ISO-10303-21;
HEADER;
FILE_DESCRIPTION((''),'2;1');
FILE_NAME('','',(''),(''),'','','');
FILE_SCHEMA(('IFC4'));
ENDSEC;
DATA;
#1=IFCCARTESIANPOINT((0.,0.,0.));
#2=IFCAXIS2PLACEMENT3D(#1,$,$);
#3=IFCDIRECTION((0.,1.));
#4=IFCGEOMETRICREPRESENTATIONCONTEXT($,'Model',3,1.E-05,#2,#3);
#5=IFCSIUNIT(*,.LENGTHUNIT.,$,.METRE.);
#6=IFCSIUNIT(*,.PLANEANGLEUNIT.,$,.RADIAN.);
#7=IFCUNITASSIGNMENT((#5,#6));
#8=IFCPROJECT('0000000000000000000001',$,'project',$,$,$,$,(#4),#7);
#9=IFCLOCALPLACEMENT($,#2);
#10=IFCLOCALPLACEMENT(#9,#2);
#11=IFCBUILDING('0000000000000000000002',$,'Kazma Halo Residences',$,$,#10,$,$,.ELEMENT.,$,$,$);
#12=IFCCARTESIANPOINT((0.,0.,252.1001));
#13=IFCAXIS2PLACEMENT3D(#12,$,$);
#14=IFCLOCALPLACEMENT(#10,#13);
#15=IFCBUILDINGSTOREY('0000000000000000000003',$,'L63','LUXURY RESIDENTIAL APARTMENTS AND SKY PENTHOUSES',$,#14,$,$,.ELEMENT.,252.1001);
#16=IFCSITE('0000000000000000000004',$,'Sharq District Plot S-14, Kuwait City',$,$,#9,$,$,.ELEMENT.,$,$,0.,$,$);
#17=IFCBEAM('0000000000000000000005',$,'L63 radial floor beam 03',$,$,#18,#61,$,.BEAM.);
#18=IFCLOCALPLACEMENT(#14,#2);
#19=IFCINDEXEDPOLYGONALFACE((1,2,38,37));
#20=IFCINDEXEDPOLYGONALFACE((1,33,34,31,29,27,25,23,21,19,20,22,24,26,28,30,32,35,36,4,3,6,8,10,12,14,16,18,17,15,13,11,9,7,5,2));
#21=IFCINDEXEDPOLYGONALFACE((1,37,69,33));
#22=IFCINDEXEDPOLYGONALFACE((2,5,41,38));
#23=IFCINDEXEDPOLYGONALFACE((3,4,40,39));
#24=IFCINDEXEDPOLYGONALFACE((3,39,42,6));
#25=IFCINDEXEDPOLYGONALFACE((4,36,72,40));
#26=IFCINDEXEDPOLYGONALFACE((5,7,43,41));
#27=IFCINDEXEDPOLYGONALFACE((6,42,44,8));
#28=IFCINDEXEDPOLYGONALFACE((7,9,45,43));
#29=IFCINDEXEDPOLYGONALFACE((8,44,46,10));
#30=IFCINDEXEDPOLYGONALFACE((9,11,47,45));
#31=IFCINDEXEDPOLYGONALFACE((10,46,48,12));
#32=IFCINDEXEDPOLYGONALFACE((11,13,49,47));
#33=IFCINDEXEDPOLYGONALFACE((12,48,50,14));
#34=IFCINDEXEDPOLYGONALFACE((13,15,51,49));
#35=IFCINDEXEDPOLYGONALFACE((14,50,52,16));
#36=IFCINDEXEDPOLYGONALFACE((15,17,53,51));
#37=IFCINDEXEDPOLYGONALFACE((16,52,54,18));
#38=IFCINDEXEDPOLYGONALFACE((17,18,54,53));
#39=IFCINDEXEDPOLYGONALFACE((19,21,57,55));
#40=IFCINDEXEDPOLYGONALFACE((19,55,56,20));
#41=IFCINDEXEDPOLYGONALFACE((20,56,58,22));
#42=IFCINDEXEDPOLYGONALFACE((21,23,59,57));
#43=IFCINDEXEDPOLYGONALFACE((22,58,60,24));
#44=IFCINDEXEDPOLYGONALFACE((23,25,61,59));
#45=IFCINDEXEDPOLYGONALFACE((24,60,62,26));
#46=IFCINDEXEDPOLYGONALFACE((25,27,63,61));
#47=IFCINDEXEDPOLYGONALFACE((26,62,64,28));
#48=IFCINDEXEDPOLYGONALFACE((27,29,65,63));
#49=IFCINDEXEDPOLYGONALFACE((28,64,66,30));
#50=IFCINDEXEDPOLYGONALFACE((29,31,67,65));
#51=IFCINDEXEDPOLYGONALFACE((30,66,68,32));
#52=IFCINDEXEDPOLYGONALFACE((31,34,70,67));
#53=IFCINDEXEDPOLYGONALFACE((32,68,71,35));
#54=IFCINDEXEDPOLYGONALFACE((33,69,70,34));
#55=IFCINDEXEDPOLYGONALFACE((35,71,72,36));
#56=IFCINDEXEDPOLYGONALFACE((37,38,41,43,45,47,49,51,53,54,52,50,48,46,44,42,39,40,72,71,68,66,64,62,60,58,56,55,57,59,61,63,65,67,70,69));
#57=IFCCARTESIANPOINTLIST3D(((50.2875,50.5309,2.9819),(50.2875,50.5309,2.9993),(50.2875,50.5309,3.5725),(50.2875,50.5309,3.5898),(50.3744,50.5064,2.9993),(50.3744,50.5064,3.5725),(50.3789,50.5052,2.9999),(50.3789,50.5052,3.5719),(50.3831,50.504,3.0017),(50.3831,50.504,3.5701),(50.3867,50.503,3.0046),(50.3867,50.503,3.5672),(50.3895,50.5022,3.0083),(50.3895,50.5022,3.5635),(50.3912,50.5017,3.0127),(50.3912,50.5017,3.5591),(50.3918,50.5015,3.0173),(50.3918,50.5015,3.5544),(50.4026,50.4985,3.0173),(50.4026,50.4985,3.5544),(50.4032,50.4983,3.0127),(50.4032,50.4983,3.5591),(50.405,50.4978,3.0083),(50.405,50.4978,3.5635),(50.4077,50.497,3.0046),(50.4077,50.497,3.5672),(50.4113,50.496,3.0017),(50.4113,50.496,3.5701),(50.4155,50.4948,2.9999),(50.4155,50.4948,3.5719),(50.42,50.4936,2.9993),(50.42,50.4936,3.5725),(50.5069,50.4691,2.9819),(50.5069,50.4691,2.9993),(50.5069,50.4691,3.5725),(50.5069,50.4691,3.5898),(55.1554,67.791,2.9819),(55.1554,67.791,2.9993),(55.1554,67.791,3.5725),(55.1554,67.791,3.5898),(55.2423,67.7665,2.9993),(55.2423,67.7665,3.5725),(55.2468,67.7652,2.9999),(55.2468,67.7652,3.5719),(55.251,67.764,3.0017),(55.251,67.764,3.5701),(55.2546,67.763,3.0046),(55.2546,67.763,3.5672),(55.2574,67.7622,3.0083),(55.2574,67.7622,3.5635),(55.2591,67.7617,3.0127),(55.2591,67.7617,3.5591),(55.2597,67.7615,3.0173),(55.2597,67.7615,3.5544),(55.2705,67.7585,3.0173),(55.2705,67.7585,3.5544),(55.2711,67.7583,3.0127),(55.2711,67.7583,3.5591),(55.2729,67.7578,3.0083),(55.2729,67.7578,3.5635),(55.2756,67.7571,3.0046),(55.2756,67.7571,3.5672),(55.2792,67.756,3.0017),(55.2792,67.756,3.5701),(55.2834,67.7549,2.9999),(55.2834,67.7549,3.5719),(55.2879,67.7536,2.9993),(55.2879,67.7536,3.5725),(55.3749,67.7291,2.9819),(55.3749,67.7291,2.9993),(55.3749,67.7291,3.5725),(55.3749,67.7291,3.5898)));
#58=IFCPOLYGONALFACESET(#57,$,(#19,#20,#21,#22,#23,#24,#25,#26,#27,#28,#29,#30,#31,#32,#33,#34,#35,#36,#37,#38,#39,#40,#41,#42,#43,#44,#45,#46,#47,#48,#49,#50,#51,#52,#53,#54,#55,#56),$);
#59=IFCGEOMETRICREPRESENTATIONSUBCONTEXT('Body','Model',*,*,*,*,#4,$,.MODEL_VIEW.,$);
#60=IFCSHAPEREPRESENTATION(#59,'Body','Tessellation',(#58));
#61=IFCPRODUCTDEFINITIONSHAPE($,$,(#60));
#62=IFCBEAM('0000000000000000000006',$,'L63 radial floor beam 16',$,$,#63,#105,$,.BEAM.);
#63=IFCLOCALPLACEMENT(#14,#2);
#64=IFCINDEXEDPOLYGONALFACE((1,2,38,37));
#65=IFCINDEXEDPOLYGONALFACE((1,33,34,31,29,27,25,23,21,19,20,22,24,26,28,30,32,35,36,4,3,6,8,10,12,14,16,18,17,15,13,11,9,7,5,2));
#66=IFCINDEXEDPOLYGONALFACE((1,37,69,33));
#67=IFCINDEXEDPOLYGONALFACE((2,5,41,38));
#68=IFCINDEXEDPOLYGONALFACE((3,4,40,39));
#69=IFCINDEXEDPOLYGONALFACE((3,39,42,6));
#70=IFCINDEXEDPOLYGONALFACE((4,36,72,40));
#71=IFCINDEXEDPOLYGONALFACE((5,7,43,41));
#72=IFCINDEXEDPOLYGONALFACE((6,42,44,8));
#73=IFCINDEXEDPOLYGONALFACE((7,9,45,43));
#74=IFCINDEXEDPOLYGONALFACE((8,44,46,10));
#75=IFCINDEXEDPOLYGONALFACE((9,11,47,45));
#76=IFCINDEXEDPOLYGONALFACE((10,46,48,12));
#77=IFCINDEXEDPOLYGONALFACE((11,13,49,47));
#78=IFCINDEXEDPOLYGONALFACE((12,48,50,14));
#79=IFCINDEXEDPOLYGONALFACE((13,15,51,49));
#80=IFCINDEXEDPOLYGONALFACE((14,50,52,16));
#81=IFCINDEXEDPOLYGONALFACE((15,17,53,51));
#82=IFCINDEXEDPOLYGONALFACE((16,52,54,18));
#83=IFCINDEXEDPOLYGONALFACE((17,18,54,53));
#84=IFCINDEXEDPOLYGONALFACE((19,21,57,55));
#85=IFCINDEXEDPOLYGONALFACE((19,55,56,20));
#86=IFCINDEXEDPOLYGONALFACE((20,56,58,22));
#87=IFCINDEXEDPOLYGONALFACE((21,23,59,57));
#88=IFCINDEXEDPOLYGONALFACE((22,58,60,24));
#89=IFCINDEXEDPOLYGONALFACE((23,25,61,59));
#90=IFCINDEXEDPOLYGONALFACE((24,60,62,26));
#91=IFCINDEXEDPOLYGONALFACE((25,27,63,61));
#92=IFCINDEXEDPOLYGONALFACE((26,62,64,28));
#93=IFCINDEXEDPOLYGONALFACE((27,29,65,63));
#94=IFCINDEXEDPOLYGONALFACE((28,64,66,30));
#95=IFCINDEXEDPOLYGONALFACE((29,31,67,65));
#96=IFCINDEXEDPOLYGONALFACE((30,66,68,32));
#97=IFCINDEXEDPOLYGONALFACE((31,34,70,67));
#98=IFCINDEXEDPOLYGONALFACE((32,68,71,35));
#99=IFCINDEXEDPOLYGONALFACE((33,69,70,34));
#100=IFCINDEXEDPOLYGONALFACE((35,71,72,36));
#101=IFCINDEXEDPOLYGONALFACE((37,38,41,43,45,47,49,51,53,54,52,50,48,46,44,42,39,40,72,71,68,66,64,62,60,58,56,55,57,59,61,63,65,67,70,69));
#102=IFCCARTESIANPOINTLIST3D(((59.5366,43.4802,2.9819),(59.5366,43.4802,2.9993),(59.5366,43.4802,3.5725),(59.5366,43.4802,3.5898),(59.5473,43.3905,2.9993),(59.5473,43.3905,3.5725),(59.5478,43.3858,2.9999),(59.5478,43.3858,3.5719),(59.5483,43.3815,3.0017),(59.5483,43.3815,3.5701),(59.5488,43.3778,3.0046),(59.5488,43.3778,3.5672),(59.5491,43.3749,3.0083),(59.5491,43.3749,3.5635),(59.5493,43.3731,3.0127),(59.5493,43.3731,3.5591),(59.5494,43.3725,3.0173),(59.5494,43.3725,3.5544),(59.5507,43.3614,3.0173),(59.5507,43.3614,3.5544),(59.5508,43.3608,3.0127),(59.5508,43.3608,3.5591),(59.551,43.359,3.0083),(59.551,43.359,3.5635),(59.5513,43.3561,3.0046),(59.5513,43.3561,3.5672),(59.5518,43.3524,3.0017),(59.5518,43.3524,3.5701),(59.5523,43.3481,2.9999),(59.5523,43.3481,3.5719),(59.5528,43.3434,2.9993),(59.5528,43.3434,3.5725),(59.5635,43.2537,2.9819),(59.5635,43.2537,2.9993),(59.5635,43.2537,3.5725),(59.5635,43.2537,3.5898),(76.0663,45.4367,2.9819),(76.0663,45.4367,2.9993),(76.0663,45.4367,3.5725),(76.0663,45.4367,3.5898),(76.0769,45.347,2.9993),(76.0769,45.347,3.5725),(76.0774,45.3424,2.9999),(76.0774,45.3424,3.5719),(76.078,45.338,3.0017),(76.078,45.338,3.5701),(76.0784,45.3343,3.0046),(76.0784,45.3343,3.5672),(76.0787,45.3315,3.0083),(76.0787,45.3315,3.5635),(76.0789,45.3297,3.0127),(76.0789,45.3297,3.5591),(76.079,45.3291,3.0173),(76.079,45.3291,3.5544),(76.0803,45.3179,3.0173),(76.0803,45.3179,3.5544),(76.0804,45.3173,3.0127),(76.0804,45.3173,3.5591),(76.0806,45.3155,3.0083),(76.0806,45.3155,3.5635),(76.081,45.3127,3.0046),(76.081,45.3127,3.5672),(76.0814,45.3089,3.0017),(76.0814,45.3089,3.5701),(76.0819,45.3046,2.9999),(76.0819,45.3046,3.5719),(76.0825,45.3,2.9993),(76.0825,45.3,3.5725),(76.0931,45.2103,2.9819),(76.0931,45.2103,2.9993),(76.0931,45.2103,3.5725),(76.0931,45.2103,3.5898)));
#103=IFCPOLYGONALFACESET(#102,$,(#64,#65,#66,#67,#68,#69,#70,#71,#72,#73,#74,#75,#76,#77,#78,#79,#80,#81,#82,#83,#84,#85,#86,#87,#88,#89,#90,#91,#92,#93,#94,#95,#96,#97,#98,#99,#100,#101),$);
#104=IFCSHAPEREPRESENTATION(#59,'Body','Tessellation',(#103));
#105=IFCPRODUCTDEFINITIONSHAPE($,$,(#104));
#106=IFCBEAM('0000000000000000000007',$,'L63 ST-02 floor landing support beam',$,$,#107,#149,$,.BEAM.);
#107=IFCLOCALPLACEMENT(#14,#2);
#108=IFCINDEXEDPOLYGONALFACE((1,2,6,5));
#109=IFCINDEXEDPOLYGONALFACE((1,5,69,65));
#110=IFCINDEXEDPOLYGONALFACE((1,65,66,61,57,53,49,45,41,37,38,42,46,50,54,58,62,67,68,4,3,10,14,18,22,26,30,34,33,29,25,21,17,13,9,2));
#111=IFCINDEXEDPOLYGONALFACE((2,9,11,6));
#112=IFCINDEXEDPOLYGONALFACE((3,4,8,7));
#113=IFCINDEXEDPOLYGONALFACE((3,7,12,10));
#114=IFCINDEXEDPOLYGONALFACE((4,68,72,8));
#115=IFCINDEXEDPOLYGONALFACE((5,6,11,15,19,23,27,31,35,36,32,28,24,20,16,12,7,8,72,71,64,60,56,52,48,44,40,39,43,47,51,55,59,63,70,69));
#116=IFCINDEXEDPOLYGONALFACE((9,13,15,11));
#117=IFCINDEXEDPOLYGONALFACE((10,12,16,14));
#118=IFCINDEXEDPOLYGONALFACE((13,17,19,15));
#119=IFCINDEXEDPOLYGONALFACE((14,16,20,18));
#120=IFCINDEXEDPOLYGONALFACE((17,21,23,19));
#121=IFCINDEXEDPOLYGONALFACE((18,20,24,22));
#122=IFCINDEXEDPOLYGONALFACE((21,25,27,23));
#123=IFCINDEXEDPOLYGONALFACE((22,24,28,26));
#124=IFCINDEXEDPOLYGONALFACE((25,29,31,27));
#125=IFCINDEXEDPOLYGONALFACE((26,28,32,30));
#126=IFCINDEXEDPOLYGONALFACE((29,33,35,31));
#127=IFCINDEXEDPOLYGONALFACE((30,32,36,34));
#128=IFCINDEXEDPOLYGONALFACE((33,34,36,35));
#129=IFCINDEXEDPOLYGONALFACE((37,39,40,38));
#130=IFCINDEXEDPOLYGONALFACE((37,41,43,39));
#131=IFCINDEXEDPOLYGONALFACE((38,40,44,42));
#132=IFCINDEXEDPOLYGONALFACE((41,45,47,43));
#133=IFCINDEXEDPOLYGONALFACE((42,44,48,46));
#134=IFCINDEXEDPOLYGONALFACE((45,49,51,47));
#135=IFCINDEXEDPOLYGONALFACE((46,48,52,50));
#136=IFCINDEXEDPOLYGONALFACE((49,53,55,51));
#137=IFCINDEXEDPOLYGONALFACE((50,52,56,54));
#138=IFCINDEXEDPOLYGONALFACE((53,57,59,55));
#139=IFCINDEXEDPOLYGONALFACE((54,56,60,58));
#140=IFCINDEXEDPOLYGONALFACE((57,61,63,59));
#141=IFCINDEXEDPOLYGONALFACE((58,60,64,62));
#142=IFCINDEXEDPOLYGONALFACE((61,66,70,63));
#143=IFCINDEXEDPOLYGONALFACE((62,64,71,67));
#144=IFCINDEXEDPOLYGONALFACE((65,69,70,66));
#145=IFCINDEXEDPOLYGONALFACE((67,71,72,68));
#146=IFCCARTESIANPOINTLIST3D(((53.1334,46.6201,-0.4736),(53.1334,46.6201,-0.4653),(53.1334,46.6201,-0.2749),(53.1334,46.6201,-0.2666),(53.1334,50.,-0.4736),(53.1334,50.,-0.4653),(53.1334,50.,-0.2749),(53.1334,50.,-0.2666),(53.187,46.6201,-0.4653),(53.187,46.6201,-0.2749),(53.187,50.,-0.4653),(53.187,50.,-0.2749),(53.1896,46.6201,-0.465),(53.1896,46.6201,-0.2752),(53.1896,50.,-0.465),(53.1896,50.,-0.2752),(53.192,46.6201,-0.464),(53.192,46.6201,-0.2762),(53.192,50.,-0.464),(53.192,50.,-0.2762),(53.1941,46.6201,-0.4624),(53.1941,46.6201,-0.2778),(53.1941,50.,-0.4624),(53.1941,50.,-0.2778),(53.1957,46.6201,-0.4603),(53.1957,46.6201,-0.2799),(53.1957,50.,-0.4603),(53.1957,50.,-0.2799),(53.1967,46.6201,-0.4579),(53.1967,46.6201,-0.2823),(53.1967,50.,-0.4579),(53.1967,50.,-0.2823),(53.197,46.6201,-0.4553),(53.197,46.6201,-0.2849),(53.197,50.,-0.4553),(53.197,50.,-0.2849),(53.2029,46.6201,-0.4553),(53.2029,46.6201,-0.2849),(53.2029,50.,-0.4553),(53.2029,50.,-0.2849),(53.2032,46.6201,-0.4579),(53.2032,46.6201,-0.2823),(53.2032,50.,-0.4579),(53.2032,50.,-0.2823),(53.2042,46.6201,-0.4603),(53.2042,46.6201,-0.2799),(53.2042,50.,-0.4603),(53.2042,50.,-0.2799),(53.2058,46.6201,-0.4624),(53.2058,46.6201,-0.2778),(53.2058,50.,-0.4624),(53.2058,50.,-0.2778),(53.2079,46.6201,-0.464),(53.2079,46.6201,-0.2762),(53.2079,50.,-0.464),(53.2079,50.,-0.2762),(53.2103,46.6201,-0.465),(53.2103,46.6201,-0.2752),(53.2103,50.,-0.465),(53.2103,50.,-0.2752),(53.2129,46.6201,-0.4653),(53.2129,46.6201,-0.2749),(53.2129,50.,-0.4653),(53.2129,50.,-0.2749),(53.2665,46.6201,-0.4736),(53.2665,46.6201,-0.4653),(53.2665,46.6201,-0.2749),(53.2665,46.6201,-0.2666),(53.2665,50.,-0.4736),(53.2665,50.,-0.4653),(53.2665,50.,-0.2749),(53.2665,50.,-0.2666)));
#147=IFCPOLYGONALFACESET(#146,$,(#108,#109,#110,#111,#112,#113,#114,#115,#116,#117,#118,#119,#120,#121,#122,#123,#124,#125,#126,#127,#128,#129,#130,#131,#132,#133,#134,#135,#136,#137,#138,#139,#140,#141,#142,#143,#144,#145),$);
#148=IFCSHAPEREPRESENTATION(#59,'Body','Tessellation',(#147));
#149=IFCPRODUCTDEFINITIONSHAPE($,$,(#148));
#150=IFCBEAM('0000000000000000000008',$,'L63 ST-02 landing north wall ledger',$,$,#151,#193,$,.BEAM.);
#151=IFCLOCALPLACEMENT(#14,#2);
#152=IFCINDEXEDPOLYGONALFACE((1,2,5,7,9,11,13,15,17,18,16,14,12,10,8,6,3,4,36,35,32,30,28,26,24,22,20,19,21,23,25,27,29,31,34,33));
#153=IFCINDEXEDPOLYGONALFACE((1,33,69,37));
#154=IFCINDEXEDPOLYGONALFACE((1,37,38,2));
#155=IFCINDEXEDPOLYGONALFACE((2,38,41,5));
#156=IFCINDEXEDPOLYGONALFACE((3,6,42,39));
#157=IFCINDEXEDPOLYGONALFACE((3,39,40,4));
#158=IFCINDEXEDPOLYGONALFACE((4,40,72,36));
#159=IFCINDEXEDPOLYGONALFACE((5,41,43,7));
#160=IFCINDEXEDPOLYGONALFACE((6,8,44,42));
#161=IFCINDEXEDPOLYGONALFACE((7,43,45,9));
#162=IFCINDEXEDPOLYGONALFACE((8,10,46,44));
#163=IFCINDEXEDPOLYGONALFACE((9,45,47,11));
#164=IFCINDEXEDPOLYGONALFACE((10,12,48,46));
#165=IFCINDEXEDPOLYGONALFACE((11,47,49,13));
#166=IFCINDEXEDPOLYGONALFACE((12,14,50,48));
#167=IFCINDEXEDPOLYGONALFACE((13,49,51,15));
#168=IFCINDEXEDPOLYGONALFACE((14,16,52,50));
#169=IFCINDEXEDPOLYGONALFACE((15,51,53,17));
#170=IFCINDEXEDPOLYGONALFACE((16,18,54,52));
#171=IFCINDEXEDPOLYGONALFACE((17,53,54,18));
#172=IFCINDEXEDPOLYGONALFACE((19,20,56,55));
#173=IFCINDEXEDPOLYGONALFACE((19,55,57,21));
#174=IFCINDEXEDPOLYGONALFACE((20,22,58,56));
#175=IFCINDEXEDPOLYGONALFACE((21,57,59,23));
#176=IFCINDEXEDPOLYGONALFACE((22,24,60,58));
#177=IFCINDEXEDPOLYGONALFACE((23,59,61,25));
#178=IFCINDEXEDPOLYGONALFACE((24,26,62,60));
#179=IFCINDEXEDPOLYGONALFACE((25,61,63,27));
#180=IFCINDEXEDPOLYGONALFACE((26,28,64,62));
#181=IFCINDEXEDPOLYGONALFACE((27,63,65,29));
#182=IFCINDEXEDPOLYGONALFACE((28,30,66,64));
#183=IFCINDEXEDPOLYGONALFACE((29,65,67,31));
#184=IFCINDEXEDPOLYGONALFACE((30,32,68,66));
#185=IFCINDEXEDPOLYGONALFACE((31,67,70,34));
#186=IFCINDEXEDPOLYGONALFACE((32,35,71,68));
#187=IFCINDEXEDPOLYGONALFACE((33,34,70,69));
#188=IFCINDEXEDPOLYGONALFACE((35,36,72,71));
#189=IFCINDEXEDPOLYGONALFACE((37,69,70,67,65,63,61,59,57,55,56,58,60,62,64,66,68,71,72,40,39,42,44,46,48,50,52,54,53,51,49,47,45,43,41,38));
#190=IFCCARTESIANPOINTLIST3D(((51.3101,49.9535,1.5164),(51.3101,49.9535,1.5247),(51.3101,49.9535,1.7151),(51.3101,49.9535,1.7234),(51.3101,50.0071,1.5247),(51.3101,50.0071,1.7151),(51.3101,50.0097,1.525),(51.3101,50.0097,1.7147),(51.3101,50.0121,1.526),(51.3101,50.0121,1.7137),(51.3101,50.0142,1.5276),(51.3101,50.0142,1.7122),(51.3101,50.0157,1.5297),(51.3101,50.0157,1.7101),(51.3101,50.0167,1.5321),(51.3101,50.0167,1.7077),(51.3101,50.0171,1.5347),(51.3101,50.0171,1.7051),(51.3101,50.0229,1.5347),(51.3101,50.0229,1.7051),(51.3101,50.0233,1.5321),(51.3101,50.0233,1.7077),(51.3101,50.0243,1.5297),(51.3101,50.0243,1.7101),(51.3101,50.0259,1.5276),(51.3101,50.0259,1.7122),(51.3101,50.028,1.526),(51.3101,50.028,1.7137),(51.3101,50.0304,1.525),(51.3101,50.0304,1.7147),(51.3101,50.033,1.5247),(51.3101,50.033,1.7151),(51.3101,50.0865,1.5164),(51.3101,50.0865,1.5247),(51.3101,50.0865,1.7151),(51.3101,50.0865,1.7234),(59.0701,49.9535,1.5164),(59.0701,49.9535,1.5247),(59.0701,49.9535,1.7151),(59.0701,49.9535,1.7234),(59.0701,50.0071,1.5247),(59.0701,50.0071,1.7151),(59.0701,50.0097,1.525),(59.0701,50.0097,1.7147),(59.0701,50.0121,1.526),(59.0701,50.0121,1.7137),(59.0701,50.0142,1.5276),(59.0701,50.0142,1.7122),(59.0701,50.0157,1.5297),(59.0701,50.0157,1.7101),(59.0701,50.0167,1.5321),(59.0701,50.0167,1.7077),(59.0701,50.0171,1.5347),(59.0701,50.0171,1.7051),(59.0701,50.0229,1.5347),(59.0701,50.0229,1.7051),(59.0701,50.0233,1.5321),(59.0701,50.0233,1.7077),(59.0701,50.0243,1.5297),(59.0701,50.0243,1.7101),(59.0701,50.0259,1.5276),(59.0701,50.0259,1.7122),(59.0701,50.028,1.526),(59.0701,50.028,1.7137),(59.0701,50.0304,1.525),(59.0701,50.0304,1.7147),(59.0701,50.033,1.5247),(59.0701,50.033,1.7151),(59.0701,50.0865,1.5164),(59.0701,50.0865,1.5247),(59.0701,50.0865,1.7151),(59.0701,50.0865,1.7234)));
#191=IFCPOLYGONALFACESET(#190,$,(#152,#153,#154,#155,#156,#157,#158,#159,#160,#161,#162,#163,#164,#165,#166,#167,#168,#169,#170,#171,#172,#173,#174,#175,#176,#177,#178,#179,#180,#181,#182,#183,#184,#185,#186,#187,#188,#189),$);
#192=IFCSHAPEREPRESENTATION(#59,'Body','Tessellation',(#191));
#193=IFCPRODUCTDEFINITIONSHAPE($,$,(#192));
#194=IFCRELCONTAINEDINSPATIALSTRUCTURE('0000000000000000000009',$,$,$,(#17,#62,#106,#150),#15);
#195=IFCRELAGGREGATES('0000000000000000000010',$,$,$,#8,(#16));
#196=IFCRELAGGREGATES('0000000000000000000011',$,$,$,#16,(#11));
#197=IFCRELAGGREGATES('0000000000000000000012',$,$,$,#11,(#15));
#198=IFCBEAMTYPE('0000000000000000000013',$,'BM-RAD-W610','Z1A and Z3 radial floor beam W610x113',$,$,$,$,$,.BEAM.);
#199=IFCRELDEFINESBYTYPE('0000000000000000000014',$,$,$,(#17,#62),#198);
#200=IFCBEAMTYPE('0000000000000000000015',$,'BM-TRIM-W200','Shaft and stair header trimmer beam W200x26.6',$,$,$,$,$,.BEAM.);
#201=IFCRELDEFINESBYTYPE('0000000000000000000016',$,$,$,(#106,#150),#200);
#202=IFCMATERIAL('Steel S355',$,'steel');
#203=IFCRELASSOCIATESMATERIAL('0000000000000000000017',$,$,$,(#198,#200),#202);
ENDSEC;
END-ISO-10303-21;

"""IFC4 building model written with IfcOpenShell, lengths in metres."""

from ifc_helpers import new_model, si_unit, direction, frame, origin, origin_2d, place, context, subcontext, project, spatial, i_section, extrude, material, material_profile, profile_set, type_object, element, save


model = new_model("IFC4")

# Units and contexts
model_context = context("Model", 3, precision=1e-05, world=origin(), true_north=direction((0.0, 1.0)))
body_context = subcontext(model_context, "Body", "Model", "MODEL_VIEW")
ifc_project = project(units=[si_unit("LENGTHUNIT", "METRE"), si_unit("PLANEANGLEUNIT", "RADIAN")], contexts=[model_context])

# Site, building, storey
site_placement = place(None, origin())
site = spatial("IfcSite", under=ifc_project, at=site_placement, Name="Sharq District Plot S-14, Kuwait City", CompositionType="ELEMENT", RefElevation=0.0)
building_placement = place(site_placement, origin())
building = spatial("IfcBuilding", under=site, at=building_placement, Name="Kazma Halo Residences", CompositionType="ELEMENT")
storey_placement = place(building_placement, frame((0.0, 0.0, 252.1001)))
storey = spatial("IfcBuildingStorey", under=building, at=storey_placement, Name="L63", Description="LUXURY RESIDENTIAL APARTMENTS AND SKY PENTHOUSES", CompositionType="ELEMENT", Elevation=252.1001)

# Shared definitions
ifc_material_1 = material(Name="Steel S355", Category="steel")

# Beams
ifc_material_profile_1 = material_profile(ifc_material_1, i_section(OverallWidth=0.228, OverallDepth=0.6079, WebThickness=0.0112, FlangeThickness=0.0173, FilletRadius=0.0181, at=origin_2d()), Name="W610x113")
ifc_profile_set_1 = profile_set([ifc_material_profile_1], Name="Steel S355")
beam_type_1 = type_object("IfcBeamType", Name="BM-RAD-W610", Description="Z1A and Z3 radial floor beam W610x113", PredefinedType="BEAM", material=ifc_profile_set_1)
beam_1_placement = place(storey_placement, frame((50.3972, 50.5, 3.2859), z_axis=(0.271445, 0.962454, 0.0), x_axis=(-0.962454, 0.271445, 0.0)))
element("IfcBeam", 1, at=beam_1_placement, inside=storey, type_object=beam_type_1, Name="L63 radial floor beam 03", PredefinedType="BEAM", context=body_context, shape_type="SweptSolid", body=[
    extrude(i_section(OverallWidth=0.228, OverallDepth=0.6079, WebThickness=0.0112, FlangeThickness=0.0173, FilletRadius=0.0181, at=origin_2d()), origin(), (0.0, 0.0, 1.0), 17.9333),
])
beam_2_placement = place(storey_placement, frame((59.55, 43.3669, 3.2859), z_axis=(0.993067, 0.117546, 0.0), x_axis=(-0.117546, 0.993067, 0.0)))
element("IfcBeam", 2, at=beam_2_placement, inside=storey, type_object=beam_type_1, Name="L63 radial floor beam 16", PredefinedType="BEAM", context=body_context, shape_type="SweptSolid", body=[
    extrude(i_section(OverallWidth=0.228, OverallDepth=0.6079, WebThickness=0.0112, FlangeThickness=0.0173, FilletRadius=0.0181, at=origin_2d()), origin(), (0.0, 0.0, 1.0), 16.645),
])
ifc_material_profile_2 = material_profile(ifc_material_1, i_section(OverallWidth=0.1331, OverallDepth=0.207, WebThickness=0.0059, FlangeThickness=0.0083, FilletRadius=0.01, at=origin_2d()), Name="W200x26.6")
ifc_profile_set_2 = profile_set([ifc_material_profile_2], Name="Steel S355")
beam_type_2 = type_object("IfcBeamType", Name="BM-TRIM-W200", Description="Shaft and stair header trimmer beam W200x26.6", PredefinedType="BEAM", material=ifc_profile_set_2)
beam_3_placement = place(storey_placement, frame((53.2, 46.6201, -0.3701), z_axis=(0.0, 1.0, 0.0), x_axis=(-1.0, 0.0, 0.0)))
element("IfcBeam", 3, at=beam_3_placement, inside=storey, type_object=beam_type_2, Name="L63 ST-02 floor landing support beam", PredefinedType="BEAM", context=body_context, shape_type="SweptSolid", body=[
    extrude(i_section(OverallWidth=0.1331, OverallDepth=0.207, WebThickness=0.0059, FlangeThickness=0.0083, FilletRadius=0.01, at=origin_2d()), origin(), (0.0, 0.0, 1.0), 3.3799),
])
beam_4_placement = place(storey_placement, frame((51.3101, 50.02, 1.6199), z_axis=(1.0, 0.0, 0.0), x_axis=(0.0, 1.0, 0.0)))
element("IfcBeam", 4, at=beam_4_placement, inside=storey, type_object=beam_type_2, Name="L63 ST-02 landing north wall ledger", PredefinedType="BEAM", context=body_context, shape_type="SweptSolid", body=[
    extrude(i_section(OverallWidth=0.1331, OverallDepth=0.207, WebThickness=0.0059, FlangeThickness=0.0083, FilletRadius=0.01, at=origin_2d()), origin(), (0.0, 0.0, 1.0), 7.76),
])

save(model, "model.ifc")
